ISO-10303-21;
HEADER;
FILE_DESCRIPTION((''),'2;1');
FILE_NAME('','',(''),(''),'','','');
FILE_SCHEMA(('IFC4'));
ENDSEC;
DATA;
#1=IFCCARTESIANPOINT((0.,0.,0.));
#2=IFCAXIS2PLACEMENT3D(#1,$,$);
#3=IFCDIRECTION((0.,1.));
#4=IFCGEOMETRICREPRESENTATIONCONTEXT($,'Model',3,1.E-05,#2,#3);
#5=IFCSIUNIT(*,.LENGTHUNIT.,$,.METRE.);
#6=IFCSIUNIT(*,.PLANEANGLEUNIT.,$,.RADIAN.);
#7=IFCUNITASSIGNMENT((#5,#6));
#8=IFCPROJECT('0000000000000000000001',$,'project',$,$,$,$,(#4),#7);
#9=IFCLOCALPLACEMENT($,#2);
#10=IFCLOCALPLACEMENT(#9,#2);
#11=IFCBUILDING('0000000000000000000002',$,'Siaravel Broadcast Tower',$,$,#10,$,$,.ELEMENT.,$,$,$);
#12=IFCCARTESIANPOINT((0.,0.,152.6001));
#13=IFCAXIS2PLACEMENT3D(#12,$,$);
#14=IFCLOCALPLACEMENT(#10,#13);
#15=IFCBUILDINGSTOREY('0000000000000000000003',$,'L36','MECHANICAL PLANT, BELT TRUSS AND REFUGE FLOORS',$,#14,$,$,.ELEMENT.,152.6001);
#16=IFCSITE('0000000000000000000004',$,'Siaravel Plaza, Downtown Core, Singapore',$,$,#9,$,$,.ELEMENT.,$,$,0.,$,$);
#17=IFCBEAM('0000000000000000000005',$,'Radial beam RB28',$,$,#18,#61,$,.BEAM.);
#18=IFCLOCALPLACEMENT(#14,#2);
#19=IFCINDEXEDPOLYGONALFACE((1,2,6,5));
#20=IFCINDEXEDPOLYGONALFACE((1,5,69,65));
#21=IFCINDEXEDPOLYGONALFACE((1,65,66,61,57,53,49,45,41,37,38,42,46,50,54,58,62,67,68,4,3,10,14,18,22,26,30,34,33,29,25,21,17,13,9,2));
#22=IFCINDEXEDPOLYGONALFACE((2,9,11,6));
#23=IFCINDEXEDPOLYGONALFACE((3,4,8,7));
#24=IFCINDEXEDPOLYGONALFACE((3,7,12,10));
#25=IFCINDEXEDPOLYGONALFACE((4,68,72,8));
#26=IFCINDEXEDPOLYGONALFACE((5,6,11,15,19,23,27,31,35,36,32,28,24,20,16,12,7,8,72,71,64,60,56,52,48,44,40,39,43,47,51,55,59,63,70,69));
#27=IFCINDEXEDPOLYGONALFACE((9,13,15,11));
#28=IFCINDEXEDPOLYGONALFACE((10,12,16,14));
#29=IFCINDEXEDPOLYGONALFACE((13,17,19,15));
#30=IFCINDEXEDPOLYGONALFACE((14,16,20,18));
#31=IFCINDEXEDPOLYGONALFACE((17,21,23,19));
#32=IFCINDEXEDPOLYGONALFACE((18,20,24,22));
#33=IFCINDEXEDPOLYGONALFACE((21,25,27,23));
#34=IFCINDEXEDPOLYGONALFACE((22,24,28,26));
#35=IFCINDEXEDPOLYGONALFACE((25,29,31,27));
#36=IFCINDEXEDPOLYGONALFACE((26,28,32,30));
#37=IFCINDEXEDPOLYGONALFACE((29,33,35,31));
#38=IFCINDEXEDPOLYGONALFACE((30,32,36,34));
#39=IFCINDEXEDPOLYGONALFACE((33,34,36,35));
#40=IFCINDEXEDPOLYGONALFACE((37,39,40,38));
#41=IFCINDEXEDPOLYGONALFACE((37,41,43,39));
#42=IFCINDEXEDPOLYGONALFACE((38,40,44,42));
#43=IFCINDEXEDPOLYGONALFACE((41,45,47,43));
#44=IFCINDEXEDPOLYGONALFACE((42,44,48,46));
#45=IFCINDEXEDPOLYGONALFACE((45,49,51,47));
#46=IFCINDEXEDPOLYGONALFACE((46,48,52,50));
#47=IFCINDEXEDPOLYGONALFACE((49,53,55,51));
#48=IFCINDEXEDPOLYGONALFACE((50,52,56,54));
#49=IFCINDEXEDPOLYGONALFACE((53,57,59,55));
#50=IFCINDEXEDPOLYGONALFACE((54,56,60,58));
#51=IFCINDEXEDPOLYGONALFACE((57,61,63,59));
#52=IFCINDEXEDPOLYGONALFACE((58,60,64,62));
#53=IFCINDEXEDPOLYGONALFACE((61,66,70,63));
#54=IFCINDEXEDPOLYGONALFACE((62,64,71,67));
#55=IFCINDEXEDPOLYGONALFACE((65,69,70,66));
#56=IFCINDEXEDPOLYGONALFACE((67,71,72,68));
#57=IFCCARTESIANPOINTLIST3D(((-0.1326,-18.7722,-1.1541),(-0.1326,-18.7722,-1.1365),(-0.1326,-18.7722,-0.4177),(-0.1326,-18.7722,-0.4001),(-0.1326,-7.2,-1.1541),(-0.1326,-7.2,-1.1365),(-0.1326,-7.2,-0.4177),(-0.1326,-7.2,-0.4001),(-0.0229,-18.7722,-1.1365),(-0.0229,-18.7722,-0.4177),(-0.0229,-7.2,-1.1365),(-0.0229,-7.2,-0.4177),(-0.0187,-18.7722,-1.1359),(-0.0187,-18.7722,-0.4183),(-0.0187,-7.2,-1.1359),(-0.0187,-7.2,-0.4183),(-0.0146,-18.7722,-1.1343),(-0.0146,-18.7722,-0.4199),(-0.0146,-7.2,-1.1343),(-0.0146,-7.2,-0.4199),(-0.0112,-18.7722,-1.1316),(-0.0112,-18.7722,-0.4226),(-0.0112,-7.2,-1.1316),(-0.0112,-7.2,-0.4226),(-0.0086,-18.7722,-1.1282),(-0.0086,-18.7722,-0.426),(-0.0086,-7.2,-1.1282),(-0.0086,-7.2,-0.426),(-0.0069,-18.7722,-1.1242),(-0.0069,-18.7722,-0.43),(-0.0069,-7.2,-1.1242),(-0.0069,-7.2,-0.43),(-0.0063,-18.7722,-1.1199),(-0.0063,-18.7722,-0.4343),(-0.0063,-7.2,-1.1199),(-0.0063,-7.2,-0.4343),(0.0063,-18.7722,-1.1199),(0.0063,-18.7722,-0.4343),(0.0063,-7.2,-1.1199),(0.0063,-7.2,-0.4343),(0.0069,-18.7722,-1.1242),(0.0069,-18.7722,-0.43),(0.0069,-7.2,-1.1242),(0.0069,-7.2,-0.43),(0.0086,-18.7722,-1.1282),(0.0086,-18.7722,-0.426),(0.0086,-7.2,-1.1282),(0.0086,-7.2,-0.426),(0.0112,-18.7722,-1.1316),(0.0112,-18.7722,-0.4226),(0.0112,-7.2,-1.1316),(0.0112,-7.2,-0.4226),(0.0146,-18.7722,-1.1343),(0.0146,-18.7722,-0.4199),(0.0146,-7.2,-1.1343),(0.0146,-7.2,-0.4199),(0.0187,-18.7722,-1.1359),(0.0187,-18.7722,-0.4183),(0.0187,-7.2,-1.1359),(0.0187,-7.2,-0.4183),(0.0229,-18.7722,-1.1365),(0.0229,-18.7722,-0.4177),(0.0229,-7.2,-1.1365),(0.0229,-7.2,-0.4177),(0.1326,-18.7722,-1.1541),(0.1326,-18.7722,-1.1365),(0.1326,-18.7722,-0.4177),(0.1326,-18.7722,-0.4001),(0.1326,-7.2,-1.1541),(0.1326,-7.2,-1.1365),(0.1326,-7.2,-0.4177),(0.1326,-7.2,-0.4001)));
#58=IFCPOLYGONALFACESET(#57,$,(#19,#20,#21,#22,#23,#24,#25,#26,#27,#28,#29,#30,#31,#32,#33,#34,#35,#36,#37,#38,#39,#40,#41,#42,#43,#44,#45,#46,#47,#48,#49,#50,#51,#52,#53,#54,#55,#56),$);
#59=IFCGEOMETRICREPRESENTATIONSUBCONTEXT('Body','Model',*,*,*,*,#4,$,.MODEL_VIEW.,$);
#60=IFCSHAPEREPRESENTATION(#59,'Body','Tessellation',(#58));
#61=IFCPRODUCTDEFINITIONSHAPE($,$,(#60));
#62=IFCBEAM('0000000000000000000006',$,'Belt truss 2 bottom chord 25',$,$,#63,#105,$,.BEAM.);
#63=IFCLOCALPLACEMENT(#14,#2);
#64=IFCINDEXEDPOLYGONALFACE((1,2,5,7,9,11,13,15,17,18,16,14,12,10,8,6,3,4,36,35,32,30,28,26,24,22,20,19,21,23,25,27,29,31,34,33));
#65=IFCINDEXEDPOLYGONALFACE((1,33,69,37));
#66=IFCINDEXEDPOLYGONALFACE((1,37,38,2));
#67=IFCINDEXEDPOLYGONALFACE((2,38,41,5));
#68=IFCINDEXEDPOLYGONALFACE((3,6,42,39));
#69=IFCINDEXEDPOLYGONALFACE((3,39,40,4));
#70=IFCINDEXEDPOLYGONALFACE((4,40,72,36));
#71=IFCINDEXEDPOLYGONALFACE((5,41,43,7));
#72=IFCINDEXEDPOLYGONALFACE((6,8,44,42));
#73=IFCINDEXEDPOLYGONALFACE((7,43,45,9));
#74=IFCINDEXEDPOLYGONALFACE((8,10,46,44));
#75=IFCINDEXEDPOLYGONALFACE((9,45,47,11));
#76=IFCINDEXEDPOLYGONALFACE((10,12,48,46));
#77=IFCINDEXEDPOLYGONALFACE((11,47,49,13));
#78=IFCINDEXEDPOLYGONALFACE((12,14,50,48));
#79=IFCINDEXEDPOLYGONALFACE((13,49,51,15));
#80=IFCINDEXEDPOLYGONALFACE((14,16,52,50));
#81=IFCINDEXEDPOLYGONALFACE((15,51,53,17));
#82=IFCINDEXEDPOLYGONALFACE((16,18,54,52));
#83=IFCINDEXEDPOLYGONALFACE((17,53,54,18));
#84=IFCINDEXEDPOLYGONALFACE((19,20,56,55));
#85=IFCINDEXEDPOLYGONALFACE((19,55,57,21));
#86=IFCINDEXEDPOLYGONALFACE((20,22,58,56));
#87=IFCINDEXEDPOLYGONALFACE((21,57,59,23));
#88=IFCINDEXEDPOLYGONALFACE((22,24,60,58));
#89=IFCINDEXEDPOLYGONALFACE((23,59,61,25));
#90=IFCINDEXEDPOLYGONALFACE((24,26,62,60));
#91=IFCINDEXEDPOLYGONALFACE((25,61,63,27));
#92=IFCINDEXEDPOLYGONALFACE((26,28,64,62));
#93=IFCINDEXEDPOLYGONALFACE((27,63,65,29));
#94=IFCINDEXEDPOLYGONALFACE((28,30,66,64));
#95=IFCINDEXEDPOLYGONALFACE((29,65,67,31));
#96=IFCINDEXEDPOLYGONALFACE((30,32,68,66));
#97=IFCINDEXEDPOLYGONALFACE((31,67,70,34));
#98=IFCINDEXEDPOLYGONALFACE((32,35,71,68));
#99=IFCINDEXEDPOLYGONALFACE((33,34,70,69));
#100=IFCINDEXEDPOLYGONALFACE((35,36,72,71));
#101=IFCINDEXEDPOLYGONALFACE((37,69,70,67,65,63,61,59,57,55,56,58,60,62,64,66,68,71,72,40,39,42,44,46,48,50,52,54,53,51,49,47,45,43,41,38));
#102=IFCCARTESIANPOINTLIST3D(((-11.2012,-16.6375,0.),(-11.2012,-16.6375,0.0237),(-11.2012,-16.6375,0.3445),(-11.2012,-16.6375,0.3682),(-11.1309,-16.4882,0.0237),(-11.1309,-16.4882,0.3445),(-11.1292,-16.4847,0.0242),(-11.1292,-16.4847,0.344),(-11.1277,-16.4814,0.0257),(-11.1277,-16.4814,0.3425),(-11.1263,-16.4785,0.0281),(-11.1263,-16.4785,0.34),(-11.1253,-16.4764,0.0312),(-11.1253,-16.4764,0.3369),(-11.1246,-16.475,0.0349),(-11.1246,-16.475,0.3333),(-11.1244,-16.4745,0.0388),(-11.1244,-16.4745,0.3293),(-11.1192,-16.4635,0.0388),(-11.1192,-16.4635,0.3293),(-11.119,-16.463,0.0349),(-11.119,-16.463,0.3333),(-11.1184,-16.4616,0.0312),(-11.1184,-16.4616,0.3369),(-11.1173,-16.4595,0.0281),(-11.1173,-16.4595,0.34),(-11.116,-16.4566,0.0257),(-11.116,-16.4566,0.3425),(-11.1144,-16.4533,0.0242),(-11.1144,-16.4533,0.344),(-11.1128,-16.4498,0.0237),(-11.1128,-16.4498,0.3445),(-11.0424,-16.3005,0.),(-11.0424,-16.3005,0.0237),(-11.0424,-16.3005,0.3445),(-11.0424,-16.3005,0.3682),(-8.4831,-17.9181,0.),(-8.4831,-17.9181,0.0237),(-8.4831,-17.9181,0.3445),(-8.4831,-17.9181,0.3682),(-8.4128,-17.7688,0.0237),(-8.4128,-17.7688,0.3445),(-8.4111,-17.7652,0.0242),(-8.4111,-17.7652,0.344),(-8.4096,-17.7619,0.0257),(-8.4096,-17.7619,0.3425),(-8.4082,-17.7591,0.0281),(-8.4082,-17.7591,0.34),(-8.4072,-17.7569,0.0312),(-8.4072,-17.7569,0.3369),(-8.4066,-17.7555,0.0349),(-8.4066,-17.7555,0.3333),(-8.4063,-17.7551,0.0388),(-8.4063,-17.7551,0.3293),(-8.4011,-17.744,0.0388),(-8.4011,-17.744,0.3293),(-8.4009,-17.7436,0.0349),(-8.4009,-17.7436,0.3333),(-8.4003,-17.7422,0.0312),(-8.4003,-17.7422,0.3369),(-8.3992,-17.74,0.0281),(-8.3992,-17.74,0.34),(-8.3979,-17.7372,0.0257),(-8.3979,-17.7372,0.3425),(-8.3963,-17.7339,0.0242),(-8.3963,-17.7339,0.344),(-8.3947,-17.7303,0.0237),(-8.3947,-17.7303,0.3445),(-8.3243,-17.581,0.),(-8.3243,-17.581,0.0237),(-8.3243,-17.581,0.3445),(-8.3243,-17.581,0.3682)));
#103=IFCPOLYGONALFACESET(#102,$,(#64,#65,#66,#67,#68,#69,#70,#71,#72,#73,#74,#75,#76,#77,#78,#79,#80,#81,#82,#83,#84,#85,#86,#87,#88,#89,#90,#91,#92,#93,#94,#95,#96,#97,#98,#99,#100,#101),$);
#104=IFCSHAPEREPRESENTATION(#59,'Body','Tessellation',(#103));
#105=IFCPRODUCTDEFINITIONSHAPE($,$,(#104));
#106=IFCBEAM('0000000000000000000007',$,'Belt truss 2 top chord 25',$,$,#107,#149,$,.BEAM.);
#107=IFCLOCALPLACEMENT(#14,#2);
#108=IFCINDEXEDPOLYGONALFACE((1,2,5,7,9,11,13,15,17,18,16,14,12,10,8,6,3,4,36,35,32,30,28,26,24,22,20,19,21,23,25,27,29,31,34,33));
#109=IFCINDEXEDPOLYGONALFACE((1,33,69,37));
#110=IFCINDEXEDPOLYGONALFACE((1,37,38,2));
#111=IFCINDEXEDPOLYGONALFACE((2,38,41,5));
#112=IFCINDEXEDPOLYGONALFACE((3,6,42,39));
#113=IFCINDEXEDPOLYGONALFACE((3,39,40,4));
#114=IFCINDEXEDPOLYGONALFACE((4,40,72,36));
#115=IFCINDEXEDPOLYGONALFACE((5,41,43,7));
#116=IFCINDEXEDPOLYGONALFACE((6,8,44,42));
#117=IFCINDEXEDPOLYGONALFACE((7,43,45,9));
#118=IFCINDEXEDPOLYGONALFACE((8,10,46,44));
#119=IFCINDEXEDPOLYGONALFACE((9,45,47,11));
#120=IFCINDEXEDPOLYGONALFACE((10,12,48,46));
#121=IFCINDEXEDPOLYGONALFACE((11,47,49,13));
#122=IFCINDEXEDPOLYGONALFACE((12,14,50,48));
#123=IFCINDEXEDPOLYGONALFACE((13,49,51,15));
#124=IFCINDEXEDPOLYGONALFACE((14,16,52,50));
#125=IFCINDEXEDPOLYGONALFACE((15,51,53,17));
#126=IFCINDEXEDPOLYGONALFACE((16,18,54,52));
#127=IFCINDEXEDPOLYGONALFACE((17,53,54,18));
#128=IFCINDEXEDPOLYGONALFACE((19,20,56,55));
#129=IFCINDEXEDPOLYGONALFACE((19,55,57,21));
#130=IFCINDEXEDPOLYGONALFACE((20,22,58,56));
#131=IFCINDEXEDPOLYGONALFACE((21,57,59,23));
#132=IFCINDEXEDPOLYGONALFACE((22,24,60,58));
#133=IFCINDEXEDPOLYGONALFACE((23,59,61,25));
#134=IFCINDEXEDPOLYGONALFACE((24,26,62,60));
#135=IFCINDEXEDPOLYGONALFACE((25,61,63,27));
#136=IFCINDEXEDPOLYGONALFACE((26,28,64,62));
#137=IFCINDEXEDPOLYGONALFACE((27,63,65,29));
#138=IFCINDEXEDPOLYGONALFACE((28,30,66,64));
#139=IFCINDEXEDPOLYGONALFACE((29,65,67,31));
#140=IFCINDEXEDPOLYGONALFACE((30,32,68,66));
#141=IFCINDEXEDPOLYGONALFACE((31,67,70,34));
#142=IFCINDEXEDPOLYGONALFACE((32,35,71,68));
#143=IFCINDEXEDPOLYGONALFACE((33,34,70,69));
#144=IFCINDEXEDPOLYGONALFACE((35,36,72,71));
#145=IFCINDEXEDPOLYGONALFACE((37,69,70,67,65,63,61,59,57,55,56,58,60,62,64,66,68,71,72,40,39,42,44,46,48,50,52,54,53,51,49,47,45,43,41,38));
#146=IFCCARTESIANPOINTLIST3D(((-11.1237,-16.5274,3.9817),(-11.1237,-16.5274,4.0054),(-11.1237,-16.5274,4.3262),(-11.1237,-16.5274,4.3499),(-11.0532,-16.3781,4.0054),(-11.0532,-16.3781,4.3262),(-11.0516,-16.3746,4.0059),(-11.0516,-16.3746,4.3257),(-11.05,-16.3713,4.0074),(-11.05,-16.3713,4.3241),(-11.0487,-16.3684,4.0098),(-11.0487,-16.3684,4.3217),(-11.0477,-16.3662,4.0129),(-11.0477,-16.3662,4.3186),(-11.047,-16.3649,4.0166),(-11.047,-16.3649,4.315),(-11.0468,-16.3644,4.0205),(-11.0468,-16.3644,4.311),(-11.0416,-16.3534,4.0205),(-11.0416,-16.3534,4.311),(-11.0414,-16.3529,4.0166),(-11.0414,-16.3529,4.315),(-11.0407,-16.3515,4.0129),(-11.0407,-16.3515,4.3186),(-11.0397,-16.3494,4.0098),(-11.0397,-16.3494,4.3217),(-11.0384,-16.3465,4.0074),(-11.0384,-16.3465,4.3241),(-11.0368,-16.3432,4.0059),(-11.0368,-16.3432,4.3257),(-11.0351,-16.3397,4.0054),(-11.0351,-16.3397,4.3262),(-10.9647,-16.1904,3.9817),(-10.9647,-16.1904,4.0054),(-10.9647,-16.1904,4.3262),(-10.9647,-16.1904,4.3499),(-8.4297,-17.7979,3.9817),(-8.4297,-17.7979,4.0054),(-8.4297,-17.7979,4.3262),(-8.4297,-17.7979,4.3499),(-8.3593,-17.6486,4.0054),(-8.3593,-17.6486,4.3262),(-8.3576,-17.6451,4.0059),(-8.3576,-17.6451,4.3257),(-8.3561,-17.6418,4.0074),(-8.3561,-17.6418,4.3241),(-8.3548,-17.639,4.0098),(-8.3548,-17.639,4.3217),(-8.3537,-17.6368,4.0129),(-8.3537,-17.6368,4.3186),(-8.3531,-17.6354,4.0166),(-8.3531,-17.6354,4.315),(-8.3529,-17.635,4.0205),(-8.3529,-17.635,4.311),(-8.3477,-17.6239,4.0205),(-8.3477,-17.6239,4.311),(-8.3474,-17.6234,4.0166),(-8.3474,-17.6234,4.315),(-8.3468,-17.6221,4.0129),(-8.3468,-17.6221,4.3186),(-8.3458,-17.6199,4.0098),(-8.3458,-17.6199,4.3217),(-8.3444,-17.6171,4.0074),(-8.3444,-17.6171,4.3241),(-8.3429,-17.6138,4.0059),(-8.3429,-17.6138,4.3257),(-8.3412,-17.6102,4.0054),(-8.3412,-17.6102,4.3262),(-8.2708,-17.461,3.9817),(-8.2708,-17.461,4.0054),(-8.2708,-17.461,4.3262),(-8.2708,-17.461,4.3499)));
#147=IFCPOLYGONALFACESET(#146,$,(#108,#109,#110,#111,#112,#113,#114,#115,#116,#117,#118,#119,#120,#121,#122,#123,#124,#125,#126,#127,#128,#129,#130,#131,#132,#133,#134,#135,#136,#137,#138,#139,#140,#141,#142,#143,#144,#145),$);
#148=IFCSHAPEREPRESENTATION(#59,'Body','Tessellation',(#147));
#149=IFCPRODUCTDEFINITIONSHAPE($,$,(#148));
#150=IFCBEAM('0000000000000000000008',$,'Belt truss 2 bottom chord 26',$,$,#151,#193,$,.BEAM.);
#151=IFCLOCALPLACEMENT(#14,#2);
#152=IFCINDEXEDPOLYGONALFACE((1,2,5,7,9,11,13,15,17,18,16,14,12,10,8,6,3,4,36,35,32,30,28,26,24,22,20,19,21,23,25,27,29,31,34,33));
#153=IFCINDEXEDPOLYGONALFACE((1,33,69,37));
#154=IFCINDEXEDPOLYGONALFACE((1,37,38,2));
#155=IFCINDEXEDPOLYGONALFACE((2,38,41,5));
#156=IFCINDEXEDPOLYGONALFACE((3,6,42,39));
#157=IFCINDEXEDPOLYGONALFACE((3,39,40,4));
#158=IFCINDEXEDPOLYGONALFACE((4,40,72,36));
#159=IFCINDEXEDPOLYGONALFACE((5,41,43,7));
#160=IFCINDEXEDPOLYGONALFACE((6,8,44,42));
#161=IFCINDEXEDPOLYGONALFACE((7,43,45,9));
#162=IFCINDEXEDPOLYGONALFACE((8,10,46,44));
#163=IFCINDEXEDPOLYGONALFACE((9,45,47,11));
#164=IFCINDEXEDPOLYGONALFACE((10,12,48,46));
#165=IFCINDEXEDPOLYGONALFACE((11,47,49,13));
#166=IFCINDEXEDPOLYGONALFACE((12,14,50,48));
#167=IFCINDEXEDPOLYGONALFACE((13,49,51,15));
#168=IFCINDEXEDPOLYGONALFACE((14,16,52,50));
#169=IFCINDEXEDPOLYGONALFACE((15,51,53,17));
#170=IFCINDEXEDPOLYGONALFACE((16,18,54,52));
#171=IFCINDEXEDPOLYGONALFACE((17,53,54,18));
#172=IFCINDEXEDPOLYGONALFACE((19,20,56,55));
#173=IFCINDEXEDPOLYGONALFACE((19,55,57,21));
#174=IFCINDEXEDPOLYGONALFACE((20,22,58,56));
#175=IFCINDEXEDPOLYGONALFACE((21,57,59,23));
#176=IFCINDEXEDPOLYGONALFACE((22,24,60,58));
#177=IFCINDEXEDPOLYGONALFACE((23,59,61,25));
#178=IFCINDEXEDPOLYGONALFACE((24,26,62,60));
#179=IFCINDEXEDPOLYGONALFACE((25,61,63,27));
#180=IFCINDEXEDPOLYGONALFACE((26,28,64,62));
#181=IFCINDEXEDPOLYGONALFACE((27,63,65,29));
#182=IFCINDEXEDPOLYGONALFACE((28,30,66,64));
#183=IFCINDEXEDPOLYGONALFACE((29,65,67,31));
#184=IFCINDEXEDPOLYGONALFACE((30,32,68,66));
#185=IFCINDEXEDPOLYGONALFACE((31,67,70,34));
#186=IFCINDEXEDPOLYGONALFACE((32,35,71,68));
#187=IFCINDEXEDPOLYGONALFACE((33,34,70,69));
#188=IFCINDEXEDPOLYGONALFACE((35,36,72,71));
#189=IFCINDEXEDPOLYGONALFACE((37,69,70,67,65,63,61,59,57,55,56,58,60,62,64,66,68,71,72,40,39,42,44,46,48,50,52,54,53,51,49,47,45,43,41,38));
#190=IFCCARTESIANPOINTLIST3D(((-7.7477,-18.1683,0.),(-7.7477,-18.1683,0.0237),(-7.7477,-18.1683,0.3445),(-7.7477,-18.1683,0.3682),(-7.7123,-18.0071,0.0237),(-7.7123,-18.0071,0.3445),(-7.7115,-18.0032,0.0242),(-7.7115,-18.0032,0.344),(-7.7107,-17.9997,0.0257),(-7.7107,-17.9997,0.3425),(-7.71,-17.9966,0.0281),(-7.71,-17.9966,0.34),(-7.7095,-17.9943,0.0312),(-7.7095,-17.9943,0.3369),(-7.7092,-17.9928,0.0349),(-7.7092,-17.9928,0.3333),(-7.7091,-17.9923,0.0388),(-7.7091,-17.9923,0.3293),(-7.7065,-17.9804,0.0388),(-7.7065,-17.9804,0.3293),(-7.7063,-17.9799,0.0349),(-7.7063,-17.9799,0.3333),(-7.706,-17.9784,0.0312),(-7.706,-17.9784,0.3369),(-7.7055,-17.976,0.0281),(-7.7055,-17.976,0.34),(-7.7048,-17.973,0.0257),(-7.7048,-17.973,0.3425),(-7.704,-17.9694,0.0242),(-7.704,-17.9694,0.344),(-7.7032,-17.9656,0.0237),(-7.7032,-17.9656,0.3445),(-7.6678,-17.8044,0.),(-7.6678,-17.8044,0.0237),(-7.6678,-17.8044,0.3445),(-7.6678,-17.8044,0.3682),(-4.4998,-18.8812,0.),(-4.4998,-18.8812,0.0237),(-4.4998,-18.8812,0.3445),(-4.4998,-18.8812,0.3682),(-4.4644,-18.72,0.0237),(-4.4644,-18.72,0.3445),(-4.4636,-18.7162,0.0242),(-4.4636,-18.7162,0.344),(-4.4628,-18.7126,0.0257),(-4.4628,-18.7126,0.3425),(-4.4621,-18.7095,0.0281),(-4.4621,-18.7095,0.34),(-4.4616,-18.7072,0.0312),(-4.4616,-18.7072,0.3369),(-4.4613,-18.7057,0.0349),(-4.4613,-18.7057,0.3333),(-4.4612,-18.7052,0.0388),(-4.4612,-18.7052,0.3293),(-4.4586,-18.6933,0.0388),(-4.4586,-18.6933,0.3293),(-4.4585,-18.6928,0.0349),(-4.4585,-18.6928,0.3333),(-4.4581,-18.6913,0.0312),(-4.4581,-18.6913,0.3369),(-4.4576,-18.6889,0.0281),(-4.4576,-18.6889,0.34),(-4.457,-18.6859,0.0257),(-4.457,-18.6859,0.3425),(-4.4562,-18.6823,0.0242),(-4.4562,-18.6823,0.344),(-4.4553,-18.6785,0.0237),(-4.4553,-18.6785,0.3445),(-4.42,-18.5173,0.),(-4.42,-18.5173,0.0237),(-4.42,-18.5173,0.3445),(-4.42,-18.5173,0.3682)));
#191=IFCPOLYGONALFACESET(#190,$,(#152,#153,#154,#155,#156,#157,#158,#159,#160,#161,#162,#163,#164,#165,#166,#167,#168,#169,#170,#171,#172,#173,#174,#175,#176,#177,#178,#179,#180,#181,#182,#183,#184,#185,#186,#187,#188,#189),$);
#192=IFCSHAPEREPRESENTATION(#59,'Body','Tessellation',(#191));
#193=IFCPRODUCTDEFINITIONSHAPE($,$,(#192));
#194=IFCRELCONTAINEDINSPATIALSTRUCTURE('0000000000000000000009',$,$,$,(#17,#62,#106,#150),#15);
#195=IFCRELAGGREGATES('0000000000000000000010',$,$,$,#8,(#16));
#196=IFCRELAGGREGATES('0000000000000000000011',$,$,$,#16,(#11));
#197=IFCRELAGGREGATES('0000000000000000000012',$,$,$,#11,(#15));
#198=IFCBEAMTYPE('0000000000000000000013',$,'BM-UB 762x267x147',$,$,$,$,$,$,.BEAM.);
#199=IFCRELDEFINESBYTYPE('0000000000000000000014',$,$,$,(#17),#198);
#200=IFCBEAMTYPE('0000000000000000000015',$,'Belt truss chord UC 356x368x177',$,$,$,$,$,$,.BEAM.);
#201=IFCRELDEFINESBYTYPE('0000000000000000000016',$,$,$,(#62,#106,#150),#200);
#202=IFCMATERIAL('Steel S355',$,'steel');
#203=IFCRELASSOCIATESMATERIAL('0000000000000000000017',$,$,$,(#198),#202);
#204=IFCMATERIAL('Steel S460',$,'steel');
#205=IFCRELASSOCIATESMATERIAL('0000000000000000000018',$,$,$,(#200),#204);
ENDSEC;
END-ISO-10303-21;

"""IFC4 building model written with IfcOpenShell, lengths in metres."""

from ifc_helpers import new_model, si_unit, direction, frame, origin, origin_2d, place, context, subcontext, project, spatial, i_section, extrude, material, material_profile, profile_set, type_object, element, save


model = new_model("IFC4")

# Units and contexts
model_context = context("Model", 3, precision=1e-05, world=origin(), true_north=direction((0.0, 1.0)))
body_context = subcontext(model_context, "Body", "Model", "MODEL_VIEW")
ifc_project = project(units=[si_unit("LENGTHUNIT", "METRE"), si_unit("PLANEANGLEUNIT", "RADIAN")], contexts=[model_context])

# Site, building, storey
site_placement = place(None, origin())
site = spatial("IfcSite", under=ifc_project, at=site_placement, Name="Siaravel Plaza, Downtown Core, Singapore", CompositionType="ELEMENT", RefElevation=0.0)
building_placement = place(site_placement, origin())
building = spatial("IfcBuilding", under=site, at=building_placement, Name="Siaravel Broadcast Tower", CompositionType="ELEMENT")
storey_placement = place(building_placement, frame((0.0, 0.0, 152.6001)))
storey = spatial("IfcBuildingStorey", under=building, at=storey_placement, Name="L36", Description="MECHANICAL PLANT, BELT TRUSS AND REFUGE FLOORS", CompositionType="ELEMENT", Elevation=152.6001)

# Beams
ifc_material_1 = material(Name="Steel S355", Category="steel")
ifc_material_profile_1 = material_profile(ifc_material_1, i_section(OverallWidth=0.2651, OverallDepth=0.7539, WebThickness=0.0127, FlangeThickness=0.0176, FilletRadius=0.0166, at=origin_2d()))
ifc_profile_set_1 = profile_set([ifc_material_profile_1], Name="Steel S355")
beam_type_1 = type_object("IfcBeamType", Name="BM-UB 762x267x147", PredefinedType="BEAM", material=ifc_profile_set_1)
beam_1_placement = place(storey_placement, frame((0.0, -18.7722, -0.7771), z_axis=(0.0, 1.0, 0.0), x_axis=(-1.0, 0.0, 0.0)))
element("IfcBeam", 1, at=beam_1_placement, inside=storey, type_object=beam_type_1, Name="Radial beam RB28", PredefinedType="BEAM", context=body_context, shape_type="SweptSolid", body=[
    extrude(i_section(OverallWidth=0.2651, OverallDepth=0.7539, WebThickness=0.0127, FlangeThickness=0.0176, FilletRadius=0.0166, at=origin_2d()), origin(), (0.0, 0.0, 1.0), 11.5723),
])
ifc_material_2 = material(Name="Steel S460", Category="steel")
ifc_material_profile_2 = material_profile(ifc_material_2, i_section(OverallWidth=0.3726, OverallDepth=0.3682, WebThickness=0.0122, FlangeThickness=0.0237, FilletRadius=0.0151, at=origin_2d()))
ifc_profile_set_2 = profile_set([ifc_material_profile_2], Name="Steel S460")
beam_type_2 = type_object("IfcBeamType", Name="Belt truss chord UC 356x368x177", PredefinedType="BEAM", material=ifc_profile_set_2)
beam_2_placement = place(storey_placement, frame((-11.1218, -16.469, 0.1841), z_axis=(0.904633, -0.426192, 0.0), x_axis=(0.426192, 0.904633, 0.0)))
element("IfcBeam", 2, at=beam_2_placement, inside=storey, type_object=beam_type_2, Name="Belt truss 2 bottom chord 25", PredefinedType="BEAM", context=body_context, shape_type="SweptSolid", body=[
    extrude(i_section(OverallWidth=0.3726, OverallDepth=0.3682, WebThickness=0.0122, FlangeThickness=0.0237, FilletRadius=0.0151, at=origin_2d()), origin(), (0.0, 0.0, 1.0), 3.0046),
])
beam_3_placement = place(storey_placement, frame((-11.0442, -16.3589, 4.1658), z_axis=(0.904454, -0.426571, 0.0), x_axis=(0.426571, 0.904454, 0.0)))
element("IfcBeam", 3, at=beam_3_placement, inside=storey, type_object=beam_type_2, Name="Belt truss 2 top chord 25", PredefinedType="BEAM", context=body_context, shape_type="SweptSolid", body=[
    extrude(i_section(OverallWidth=0.3726, OverallDepth=0.3682, WebThickness=0.0122, FlangeThickness=0.0237, FilletRadius=0.0151, at=origin_2d()), origin(), (0.0, 0.0, 1.0), 2.9785),
])
beam_4_placement = place(storey_placement, frame((-7.7078, -17.9863, 0.1841), z_axis=(0.976747, -0.214395, 0.0), x_axis=(0.214395, 0.976747, 0.0)))
element("IfcBeam", 4, at=beam_4_placement, inside=storey, type_object=beam_type_2, Name="Belt truss 2 bottom chord 26", PredefinedType="BEAM", context=body_context, shape_type="SweptSolid", body=[
    extrude(i_section(OverallWidth=0.3726, OverallDepth=0.3682, WebThickness=0.0122, FlangeThickness=0.0237, FilletRadius=0.0151, at=origin_2d()), origin(), (0.0, 0.0, 1.0), 3.3252),
])

save(model, "model.ifc")
